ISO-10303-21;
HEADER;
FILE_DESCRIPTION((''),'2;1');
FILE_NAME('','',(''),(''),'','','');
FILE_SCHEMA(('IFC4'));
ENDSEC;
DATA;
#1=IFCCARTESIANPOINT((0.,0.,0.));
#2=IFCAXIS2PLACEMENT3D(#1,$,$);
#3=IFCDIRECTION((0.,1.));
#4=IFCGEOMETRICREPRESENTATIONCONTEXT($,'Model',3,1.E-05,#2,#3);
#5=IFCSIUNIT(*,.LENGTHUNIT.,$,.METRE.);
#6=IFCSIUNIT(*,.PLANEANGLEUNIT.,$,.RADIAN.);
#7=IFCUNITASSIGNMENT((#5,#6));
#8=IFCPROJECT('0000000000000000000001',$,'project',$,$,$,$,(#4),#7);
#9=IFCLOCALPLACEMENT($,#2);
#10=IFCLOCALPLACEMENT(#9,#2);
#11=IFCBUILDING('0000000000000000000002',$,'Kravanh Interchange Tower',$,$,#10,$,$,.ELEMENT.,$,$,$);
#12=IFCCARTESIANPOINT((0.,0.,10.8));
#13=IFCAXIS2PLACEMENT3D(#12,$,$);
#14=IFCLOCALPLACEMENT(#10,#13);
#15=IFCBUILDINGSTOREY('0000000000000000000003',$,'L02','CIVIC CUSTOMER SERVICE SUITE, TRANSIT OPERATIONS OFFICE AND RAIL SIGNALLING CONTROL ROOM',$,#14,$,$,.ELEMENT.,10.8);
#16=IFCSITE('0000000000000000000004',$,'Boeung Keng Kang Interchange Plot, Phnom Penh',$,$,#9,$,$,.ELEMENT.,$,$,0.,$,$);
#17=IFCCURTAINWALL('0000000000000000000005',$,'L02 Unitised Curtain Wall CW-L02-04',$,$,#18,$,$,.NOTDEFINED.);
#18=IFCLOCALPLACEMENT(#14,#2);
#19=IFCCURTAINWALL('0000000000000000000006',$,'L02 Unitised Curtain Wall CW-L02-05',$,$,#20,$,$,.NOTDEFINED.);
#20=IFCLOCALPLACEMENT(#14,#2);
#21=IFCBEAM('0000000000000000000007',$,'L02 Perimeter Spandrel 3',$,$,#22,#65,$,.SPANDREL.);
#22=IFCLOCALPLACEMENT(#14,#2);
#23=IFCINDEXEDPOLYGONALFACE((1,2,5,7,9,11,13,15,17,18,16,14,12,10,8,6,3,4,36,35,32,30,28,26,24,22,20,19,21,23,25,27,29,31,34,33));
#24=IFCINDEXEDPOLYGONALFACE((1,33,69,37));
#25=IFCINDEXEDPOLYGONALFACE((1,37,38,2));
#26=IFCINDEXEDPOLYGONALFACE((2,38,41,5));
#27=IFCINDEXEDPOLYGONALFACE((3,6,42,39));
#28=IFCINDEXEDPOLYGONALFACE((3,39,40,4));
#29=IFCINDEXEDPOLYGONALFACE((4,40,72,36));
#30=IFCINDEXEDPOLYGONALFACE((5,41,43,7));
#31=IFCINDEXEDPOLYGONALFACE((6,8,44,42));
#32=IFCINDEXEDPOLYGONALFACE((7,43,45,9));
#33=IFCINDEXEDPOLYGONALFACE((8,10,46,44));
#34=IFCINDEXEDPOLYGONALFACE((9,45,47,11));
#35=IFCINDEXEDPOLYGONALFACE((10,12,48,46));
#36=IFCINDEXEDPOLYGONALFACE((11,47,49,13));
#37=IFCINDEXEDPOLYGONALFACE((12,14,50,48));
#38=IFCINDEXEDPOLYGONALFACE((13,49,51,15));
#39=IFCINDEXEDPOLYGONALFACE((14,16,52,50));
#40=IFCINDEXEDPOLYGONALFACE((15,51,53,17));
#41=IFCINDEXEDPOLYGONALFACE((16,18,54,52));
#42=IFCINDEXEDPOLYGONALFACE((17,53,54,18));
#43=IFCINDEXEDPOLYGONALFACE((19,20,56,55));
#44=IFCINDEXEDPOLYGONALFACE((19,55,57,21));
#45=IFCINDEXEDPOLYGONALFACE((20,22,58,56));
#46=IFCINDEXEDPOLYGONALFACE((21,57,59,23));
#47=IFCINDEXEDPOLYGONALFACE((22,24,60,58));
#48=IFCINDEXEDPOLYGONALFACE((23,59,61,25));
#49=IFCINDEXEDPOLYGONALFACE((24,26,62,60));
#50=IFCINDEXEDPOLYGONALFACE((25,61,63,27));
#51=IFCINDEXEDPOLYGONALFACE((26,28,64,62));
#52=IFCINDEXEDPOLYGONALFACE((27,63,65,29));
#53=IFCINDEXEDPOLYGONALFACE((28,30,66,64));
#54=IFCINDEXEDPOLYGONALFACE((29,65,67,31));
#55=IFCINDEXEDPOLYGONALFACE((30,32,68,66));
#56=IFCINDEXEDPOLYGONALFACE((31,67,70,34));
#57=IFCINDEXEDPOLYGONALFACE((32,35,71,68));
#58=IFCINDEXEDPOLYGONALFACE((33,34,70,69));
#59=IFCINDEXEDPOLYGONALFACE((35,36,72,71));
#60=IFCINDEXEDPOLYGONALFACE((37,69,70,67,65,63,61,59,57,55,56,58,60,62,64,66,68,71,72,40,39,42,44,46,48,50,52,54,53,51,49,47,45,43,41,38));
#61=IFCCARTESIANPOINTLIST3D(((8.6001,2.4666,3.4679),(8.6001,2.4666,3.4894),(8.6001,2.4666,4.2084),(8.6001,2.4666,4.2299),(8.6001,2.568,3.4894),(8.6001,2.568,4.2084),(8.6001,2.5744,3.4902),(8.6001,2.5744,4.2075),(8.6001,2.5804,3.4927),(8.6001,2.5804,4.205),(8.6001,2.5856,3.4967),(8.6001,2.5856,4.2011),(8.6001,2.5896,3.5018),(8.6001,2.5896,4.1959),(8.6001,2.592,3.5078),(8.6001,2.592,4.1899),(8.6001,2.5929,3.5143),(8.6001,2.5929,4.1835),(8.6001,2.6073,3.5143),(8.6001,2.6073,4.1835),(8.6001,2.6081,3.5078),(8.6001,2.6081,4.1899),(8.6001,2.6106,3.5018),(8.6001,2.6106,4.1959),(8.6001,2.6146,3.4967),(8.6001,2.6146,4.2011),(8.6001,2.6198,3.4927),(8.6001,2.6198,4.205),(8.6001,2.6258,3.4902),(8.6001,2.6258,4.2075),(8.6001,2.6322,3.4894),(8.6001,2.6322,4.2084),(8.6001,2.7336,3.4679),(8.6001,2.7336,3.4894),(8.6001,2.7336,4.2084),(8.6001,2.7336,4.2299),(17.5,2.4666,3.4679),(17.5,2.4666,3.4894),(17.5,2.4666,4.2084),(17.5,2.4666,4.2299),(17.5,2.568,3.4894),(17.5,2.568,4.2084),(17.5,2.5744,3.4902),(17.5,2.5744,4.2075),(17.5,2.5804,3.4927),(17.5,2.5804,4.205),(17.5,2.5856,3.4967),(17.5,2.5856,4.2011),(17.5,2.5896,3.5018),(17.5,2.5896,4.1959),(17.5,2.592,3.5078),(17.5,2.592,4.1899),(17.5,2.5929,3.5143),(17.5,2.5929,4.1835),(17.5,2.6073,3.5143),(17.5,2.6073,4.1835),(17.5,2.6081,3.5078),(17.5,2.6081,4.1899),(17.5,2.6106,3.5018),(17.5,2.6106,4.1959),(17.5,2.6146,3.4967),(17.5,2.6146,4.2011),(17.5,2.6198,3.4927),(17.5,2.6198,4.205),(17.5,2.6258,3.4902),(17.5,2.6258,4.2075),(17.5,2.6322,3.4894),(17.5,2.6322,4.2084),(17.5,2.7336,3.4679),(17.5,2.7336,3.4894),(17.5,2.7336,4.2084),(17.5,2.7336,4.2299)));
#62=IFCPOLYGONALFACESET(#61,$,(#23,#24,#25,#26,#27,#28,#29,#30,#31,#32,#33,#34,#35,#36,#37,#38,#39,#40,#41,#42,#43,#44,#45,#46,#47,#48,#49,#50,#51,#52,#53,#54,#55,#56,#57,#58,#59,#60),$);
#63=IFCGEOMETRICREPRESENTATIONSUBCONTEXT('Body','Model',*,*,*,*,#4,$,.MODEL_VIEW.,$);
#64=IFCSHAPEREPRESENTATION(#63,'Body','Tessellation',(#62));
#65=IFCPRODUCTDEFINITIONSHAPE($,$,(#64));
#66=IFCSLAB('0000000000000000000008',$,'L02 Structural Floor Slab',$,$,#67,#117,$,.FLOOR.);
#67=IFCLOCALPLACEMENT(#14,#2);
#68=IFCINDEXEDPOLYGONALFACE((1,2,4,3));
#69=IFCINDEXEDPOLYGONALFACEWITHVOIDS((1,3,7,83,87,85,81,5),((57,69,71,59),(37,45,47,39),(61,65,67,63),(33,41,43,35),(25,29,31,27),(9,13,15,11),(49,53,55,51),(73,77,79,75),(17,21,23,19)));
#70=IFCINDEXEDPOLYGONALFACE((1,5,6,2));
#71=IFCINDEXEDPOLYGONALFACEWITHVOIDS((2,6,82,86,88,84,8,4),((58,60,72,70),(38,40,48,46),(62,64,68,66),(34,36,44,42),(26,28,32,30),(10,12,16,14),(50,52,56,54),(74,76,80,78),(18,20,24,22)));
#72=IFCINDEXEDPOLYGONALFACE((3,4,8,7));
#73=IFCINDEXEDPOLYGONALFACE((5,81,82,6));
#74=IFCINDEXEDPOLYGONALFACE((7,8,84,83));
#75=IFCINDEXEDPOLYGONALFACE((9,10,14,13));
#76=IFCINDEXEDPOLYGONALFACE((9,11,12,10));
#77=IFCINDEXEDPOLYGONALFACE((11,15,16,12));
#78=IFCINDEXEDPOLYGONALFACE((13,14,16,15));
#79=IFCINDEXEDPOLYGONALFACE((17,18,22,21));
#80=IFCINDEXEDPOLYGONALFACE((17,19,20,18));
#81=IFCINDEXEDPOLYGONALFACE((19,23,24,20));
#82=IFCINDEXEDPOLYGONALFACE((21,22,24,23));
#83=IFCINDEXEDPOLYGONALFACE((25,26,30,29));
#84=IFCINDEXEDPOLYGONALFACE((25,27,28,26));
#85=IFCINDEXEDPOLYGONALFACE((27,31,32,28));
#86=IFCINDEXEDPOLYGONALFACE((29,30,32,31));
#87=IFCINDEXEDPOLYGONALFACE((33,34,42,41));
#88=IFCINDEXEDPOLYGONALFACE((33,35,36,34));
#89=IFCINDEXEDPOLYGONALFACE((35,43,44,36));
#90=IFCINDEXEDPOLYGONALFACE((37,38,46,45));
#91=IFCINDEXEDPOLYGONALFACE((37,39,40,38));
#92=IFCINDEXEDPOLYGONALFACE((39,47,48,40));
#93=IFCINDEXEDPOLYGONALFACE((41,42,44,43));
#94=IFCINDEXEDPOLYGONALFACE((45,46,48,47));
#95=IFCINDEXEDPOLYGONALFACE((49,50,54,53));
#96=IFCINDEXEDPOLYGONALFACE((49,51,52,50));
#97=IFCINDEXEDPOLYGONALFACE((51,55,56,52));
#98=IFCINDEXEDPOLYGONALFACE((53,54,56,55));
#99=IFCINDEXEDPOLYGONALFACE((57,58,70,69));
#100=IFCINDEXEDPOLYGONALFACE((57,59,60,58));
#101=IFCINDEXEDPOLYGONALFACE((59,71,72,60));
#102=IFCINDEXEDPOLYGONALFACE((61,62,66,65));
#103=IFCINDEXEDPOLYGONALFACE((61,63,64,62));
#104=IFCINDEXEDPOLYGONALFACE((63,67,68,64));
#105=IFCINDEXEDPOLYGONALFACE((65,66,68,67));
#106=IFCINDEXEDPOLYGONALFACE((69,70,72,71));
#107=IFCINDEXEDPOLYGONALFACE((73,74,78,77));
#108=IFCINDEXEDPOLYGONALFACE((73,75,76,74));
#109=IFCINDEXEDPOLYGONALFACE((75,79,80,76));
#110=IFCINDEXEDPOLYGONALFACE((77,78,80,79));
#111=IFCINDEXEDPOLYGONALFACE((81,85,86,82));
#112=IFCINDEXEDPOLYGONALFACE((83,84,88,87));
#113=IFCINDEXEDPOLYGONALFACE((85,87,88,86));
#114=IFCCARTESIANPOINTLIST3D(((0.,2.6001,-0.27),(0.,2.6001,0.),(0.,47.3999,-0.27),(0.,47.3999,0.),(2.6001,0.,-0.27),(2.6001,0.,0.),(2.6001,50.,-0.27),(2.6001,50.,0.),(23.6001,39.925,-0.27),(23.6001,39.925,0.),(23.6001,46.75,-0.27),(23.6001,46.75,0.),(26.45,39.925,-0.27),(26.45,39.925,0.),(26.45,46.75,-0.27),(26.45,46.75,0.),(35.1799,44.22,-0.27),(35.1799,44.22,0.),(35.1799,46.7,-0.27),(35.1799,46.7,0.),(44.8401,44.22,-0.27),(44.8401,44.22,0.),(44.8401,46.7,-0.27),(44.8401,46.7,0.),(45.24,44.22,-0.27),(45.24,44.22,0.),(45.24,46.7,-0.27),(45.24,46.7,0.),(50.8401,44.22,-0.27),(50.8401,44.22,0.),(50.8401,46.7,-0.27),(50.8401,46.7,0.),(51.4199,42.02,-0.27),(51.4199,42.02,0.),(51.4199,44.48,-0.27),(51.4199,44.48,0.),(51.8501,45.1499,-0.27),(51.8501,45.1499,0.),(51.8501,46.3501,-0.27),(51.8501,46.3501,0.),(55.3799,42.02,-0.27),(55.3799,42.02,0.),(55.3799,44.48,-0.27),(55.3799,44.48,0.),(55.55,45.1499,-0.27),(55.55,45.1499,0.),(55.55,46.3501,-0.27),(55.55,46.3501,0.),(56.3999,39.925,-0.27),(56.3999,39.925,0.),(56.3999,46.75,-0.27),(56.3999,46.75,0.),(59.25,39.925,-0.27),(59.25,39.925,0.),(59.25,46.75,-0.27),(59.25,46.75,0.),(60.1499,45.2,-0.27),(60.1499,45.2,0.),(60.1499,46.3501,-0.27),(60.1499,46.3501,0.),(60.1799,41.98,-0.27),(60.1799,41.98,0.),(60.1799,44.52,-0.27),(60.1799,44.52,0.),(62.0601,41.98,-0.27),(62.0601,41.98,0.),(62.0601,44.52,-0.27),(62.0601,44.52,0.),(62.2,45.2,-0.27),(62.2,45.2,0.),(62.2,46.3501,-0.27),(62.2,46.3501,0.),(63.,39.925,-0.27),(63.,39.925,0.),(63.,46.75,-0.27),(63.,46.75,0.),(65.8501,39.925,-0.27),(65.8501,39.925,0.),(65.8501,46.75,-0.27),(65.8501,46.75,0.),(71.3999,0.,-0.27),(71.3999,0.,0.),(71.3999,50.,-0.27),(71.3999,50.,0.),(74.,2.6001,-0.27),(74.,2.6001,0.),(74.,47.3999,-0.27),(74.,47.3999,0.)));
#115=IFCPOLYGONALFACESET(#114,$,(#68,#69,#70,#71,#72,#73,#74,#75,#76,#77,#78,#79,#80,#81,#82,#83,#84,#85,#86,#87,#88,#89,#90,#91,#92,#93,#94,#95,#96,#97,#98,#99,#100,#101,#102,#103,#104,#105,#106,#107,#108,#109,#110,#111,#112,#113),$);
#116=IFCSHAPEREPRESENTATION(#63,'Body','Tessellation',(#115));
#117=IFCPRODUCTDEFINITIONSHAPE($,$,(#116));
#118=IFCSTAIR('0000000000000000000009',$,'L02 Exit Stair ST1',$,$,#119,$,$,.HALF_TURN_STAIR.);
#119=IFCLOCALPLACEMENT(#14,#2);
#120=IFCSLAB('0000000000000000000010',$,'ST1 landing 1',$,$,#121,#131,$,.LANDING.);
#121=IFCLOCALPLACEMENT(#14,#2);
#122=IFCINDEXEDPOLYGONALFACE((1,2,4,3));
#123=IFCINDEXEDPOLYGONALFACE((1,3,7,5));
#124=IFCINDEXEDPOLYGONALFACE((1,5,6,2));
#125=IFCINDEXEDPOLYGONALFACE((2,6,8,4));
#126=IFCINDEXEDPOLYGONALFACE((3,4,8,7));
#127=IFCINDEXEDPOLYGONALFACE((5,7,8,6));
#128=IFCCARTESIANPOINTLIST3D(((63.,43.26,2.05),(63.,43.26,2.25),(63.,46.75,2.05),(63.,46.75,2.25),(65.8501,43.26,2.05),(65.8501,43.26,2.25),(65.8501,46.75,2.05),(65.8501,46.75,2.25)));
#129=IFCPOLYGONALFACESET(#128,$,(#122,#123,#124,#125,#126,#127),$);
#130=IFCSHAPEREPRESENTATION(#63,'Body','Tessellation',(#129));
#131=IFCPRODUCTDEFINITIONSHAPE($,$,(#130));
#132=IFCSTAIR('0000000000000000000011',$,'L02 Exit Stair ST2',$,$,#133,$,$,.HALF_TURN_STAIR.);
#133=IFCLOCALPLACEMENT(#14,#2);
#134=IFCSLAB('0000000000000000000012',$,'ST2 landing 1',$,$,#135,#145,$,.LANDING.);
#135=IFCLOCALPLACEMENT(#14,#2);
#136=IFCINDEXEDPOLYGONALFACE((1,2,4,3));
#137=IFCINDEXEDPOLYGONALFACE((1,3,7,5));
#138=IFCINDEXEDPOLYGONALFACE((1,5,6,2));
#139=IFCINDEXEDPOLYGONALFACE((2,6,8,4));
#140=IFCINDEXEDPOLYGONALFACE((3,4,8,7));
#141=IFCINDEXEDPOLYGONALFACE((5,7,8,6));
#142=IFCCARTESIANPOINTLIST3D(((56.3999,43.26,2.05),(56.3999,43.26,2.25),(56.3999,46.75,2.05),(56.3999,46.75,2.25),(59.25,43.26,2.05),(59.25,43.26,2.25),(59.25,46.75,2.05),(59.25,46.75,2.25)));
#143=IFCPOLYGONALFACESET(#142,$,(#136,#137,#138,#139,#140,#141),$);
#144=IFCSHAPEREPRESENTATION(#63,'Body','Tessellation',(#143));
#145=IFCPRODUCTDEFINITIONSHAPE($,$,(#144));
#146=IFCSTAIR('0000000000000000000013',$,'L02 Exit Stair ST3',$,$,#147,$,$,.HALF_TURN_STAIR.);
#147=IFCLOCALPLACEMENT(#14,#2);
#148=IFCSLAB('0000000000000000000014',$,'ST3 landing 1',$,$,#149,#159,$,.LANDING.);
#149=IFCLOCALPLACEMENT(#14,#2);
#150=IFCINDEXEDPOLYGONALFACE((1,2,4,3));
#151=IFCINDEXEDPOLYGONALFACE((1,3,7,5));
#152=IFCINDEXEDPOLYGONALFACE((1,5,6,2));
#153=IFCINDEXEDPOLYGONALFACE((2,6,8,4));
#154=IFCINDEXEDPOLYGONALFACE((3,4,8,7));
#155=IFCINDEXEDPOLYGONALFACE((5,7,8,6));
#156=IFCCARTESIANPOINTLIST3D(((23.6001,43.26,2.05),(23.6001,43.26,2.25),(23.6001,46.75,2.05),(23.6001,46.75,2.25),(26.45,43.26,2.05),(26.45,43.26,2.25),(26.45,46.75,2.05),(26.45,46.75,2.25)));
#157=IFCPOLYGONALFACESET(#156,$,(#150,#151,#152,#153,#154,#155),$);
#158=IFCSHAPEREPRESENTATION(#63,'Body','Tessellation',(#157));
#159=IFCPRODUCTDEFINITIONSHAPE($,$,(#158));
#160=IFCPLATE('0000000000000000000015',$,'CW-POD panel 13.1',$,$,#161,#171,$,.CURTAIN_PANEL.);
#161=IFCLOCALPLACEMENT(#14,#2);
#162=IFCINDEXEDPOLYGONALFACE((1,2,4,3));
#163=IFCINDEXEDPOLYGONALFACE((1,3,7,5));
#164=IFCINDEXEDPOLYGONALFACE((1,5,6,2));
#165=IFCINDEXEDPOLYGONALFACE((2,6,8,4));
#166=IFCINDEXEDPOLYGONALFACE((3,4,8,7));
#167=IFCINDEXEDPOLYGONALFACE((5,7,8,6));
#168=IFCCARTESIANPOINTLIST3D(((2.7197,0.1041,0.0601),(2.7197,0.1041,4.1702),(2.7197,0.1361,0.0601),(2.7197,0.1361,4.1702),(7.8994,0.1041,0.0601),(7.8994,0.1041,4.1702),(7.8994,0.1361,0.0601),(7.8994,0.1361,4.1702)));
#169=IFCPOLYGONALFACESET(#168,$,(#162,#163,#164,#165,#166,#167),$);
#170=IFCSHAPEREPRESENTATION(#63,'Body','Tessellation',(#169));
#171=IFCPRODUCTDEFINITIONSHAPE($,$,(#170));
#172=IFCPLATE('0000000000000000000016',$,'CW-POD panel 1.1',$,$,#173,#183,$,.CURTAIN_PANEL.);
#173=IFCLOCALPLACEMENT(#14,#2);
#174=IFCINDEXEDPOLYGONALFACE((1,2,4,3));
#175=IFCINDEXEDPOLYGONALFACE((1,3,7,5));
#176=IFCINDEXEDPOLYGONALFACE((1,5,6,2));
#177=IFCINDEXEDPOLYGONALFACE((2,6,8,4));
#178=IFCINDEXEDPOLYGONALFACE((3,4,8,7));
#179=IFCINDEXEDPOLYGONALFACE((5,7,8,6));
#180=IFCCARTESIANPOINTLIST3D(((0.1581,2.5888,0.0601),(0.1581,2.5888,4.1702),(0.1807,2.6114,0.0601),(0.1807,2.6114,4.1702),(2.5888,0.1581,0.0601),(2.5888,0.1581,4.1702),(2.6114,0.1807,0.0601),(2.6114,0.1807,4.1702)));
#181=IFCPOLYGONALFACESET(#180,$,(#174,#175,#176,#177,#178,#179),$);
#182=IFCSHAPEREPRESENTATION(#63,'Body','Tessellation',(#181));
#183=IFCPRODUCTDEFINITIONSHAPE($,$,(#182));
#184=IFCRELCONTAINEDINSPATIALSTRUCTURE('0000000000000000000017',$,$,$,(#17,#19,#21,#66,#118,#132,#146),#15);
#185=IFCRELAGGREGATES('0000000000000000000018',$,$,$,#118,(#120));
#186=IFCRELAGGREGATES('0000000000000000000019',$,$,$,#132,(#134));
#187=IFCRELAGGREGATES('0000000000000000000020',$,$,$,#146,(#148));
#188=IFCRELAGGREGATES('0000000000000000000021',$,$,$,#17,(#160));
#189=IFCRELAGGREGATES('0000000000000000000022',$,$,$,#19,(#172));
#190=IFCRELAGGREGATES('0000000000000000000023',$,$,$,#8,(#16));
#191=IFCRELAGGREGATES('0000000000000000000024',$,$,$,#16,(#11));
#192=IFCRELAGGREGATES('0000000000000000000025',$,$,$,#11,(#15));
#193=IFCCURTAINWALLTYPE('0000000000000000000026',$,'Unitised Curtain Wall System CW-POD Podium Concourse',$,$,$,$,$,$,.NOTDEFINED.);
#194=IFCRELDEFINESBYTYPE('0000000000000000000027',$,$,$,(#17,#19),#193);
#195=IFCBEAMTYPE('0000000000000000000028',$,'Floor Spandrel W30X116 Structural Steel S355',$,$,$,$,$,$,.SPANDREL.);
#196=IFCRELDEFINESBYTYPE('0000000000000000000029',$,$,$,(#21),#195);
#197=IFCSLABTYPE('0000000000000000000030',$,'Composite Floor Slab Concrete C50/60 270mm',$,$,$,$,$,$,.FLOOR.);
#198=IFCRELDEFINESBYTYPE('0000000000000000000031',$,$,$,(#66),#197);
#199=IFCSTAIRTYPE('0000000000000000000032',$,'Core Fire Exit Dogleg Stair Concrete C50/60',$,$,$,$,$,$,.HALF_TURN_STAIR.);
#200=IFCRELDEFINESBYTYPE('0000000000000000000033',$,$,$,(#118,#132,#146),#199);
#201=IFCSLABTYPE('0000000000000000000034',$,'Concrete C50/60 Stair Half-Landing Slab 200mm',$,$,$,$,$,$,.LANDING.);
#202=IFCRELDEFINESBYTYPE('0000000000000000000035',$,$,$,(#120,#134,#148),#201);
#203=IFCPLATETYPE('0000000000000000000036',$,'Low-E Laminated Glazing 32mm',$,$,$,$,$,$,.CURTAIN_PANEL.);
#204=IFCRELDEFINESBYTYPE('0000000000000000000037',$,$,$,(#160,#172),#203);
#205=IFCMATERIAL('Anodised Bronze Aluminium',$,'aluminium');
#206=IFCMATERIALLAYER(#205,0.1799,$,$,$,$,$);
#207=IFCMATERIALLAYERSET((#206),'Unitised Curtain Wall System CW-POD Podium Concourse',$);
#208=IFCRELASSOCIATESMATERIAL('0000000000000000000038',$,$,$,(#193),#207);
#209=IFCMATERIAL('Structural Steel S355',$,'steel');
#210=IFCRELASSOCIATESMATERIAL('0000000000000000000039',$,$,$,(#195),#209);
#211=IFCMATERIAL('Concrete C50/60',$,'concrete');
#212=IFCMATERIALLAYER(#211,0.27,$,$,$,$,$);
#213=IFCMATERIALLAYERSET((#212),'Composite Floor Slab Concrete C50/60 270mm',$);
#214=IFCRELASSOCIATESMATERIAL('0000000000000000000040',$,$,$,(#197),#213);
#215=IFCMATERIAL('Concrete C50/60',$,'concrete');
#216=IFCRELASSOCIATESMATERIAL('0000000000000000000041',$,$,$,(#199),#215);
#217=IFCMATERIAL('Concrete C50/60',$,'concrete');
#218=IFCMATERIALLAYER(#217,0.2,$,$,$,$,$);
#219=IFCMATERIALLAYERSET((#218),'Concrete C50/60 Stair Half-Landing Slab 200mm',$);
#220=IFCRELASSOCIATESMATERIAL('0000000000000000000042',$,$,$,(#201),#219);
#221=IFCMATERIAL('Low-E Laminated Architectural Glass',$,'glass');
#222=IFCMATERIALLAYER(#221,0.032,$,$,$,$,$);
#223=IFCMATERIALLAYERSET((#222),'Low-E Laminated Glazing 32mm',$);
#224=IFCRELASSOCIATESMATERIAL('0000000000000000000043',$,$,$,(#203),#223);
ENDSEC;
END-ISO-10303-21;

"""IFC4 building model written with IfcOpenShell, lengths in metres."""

from ifc_helpers import new_model, si_unit, direction, frame, origin, origin_2d, place, context, subcontext, project, spatial, polyline, rectangle, i_section, outline, extrude, material, layer, layer_set, material_profile, profile_set, type_object, element, aggregate, save


model = new_model("IFC4")

# Units and contexts
model_context = context("Model", 3, precision=1e-05, world=origin(), true_north=direction((0.0, 1.0)))
body_context = subcontext(model_context, "Body", "Model", "MODEL_VIEW")
ifc_project = project(units=[si_unit("LENGTHUNIT", "METRE"), si_unit("PLANEANGLEUNIT", "RADIAN")], contexts=[model_context])

# Site, building, storey
site_placement = place(None, origin())
site = spatial("IfcSite", under=ifc_project, at=site_placement, Name="Boeung Keng Kang Interchange Plot, Phnom Penh", CompositionType="ELEMENT", RefElevation=0.0)
building_placement = place(site_placement, origin())
building = spatial("IfcBuilding", under=site, at=building_placement, Name="Kravanh Interchange Tower", CompositionType="ELEMENT")
storey_placement = place(building_placement, frame((0.0, 0.0, 10.8)))
storey = spatial("IfcBuildingStorey", under=building, at=storey_placement, Name="L02", Description="CIVIC CUSTOMER SERVICE SUITE, TRANSIT OPERATIONS OFFICE AND RAIL SIGNALLING CONTROL ROOM", CompositionType="ELEMENT", Elevation=10.8)

# Shared definitions
ifc_material_1 = material(Name="Anodised Bronze Aluminium", Category="aluminium")
ifc_layer_1 = layer(ifc_material_1, 0.1799)
ifc_layer_set_1 = layer_set([ifc_layer_1], Name="Unitised Curtain Wall System CW-POD Podium Concourse")
curtain_wall_type = type_object("IfcCurtainWallType", Name="Unitised Curtain Wall System CW-POD Podium Concourse", PredefinedType="NOTDEFINED", material=ifc_layer_set_1)

# Curtain walls
curtain_wall_1_placement = place(storey_placement, origin())
curtain_wall_1 = element("IfcCurtainWall", 1, at=curtain_wall_1_placement, inside=storey, type_object=curtain_wall_type, Name="L02 Unitised Curtain Wall CW-L02-04", PredefinedType="NOTDEFINED")
curtain_wall_2_placement = place(storey_placement, origin())
curtain_wall_2 = element("IfcCurtainWall", 2, at=curtain_wall_2_placement, inside=storey, type_object=curtain_wall_type, Name="L02 Unitised Curtain Wall CW-L02-05", PredefinedType="NOTDEFINED")

# Beam
ifc_material_2 = material(Name="Structural Steel S355", Category="steel")
ifc_material_profile_1 = material_profile(ifc_material_2, i_section(OverallWidth=0.2671, OverallDepth=0.762, WebThickness=0.0144, FlangeThickness=0.0215, FilletRadius=0.0249, at=origin_2d()), Name="W30X116")
ifc_profile_set_1 = profile_set([ifc_material_profile_1], Name="Structural Steel S355")
beam_type_1 = type_object("IfcBeamType", Name="Floor Spandrel W30X116 Structural Steel S355", PredefinedType="SPANDREL", material=ifc_profile_set_1)
beam_1_placement = place(storey_placement, frame((8.6001, 2.6001, 3.8489), z_axis=(1.0, 0.0, 0.0), x_axis=(0.0, 1.0, 0.0)))
element("IfcBeam", 3, at=beam_1_placement, inside=storey, type_object=beam_type_1, Name="L02 Perimeter Spandrel 3", PredefinedType="SPANDREL", context=body_context, shape_type="SweptSolid", body=[
    extrude(i_section(OverallWidth=0.2671, OverallDepth=0.762, WebThickness=0.0144, FlangeThickness=0.0215, FilletRadius=0.0249, at=origin_2d()), origin(), (0.0, 0.0, 1.0), 8.8999),
])

# Slab
ifc_material_3 = material(Name="Concrete C50/60", Category="concrete")
ifc_layer_2 = layer(ifc_material_3, 0.27)
ifc_layer_set_2 = layer_set([ifc_layer_2], Name="Composite Floor Slab Concrete C50/60 270mm")
slab_type_1 = type_object("IfcSlabType", Name="Composite Floor Slab Concrete C50/60 270mm", PredefinedType="FLOOR", material=ifc_layer_set_2)
slab_1_placement = place(storey_placement, frame((0.0, 0.0, -0.27)))
element("IfcSlab", 4, at=slab_1_placement, inside=storey, type_object=slab_type_1, Name="L02 Structural Floor Slab", PredefinedType="FLOOR", context=body_context, shape_type="SweptSolid", body=[
    extrude(outline(polyline([(0.0, 2.6001), (2.6001, 0.0), (71.3999, 0.0), (74.0, 2.6001), (74.0, 47.3999), (71.3999, 50.0), (2.6001, 50.0), (0.0, 47.3999), (0.0, 2.6001)]), holes=[polyline([(65.8501, 39.925), (65.8501, 46.75), (63.0, 46.75), (63.0, 39.925), (65.8501, 39.925)]), polyline([(59.25, 39.925), (59.25, 46.75), (56.3999, 46.75), (56.3999, 39.925), (59.25, 39.925)]), polyline([(26.45, 39.925), (26.45, 46.75), (23.6001, 46.75), (23.6001, 39.925), (26.45, 39.925)]), polyline([(35.1799, 44.22), (44.8401, 44.22), (44.8401, 46.7), (35.1799, 46.7), (35.1799, 44.22)]), polyline([(45.24, 44.22), (50.8401, 44.22), (50.8401, 46.7), (45.24, 46.7), (45.24, 44.22)]), polyline([(51.4199, 42.02), (55.3799, 42.02), (55.3799, 44.48), (51.4199, 44.48), (51.4199, 42.02)]), polyline([(60.1799, 41.98), (62.0601, 41.98), (62.0601, 44.52), (60.1799, 44.52), (60.1799, 41.98)]), polyline([(60.1499, 45.2), (62.2, 45.2), (62.2, 46.3501), (60.1499, 46.3501), (60.1499, 45.2)]), polyline([(51.8501, 45.1499), (55.55, 45.1499), (55.55, 46.3501), (51.8501, 46.3501), (51.8501, 45.1499)])]), origin(), (0.0, 0.0, 1.0), 0.27),
])

# Stairs, slabs
ifc_material_4 = material(Name="Concrete C50/60", Category="concrete")
stair_type = type_object("IfcStairType", Name="Core Fire Exit Dogleg Stair Concrete C50/60", PredefinedType="HALF_TURN_STAIR", material=ifc_material_4)
stair_1_placement = place(storey_placement, origin())
stair_1 = element("IfcStair", 5, at=stair_1_placement, inside=storey, type_object=stair_type, Name="L02 Exit Stair ST1", PredefinedType="HALF_TURN_STAIR")
ifc_material_5 = material(Name="Concrete C50/60", Category="concrete")
ifc_layer_3 = layer(ifc_material_5, 0.2)
ifc_layer_set_3 = layer_set([ifc_layer_3], Name="Concrete C50/60 Stair Half-Landing Slab 200mm")
slab_type_2 = type_object("IfcSlabType", Name="Concrete C50/60 Stair Half-Landing Slab 200mm", PredefinedType="LANDING", material=ifc_layer_set_3)
slab_2_placement = place(storey_placement, frame((0.0, 0.0, 2.05)))
slab_2 = element("IfcSlab", 6, at=slab_2_placement, type_object=slab_type_2, Name="ST1 landing 1", PredefinedType="LANDING", context=body_context, shape_type="SweptSolid", body=[
    extrude(outline(polyline([(65.8501, 43.26), (65.8501, 46.75), (63.0, 46.75), (63.0, 43.26), (65.8501, 43.26)])), origin(), (0.0, 0.0, 1.0), 0.2),
])
aggregate(stair_1, [slab_2])
stair_2_placement = place(storey_placement, origin())
stair_2 = element("IfcStair", 7, at=stair_2_placement, inside=storey, type_object=stair_type, Name="L02 Exit Stair ST2", PredefinedType="HALF_TURN_STAIR")
slab_3_placement = place(storey_placement, frame((0.0, 0.0, 2.05)))
slab_3 = element("IfcSlab", 8, at=slab_3_placement, type_object=slab_type_2, Name="ST2 landing 1", PredefinedType="LANDING", context=body_context, shape_type="SweptSolid", body=[
    extrude(outline(polyline([(59.25, 43.26), (59.25, 46.75), (56.3999, 46.75), (56.3999, 43.26), (59.25, 43.26)])), origin(), (0.0, 0.0, 1.0), 0.2),
])
aggregate(stair_2, [slab_3])
stair_3_placement = place(storey_placement, origin())
stair_3 = element("IfcStair", 9, at=stair_3_placement, inside=storey, type_object=stair_type, Name="L02 Exit Stair ST3", PredefinedType="HALF_TURN_STAIR")
slab_4_placement = place(storey_placement, frame((0.0, 0.0, 2.05)))
slab_4 = element("IfcSlab", 10, at=slab_4_placement, type_object=slab_type_2, Name="ST3 landing 1", PredefinedType="LANDING", context=body_context, shape_type="SweptSolid", body=[
    extrude(outline(polyline([(26.45, 43.26), (26.45, 46.75), (23.6001, 46.75), (23.6001, 43.26), (26.45, 43.26)])), origin(), (0.0, 0.0, 1.0), 0.2),
])
aggregate(stair_3, [slab_4])

# Plates
ifc_material_6 = material(Name="Low-E Laminated Architectural Glass", Category="glass")
ifc_layer_4 = layer(ifc_material_6, 0.032)
ifc_layer_set_4 = layer_set([ifc_layer_4], Name="Low-E Laminated Glazing 32mm")
plate_type = type_object("IfcPlateType", Name="Low-E Laminated Glazing 32mm", PredefinedType="CURTAIN_PANEL", material=ifc_layer_set_4)
plate_1_placement = place(storey_placement, frame((5.3096, 0.1201, 0.0601), z_axis=(0.0, 0.0, 1.0), x_axis=(-1.0, 0.0, 0.0)))
plate_1 = element("IfcPlate", 11, at=plate_1_placement, type_object=plate_type, Name="CW-POD panel 13.1", PredefinedType="CURTAIN_PANEL", context=body_context, shape_type="SweptSolid", body=[
    extrude(rectangle(XDim=5.1797, YDim=0.032, at=origin_2d()), origin(), (0.0, 0.0, 1.0), 4.1101),
])
aggregate(curtain_wall_1, [plate_1])
plate_2_placement = place(storey_placement, frame((1.3848, 1.3848, 0.0601), z_axis=(0.0, 0.0, 1.0), x_axis=(-0.707107, 0.707107, 0.0)))
plate_2 = element("IfcPlate", 12, at=plate_2_placement, type_object=plate_type, Name="CW-POD panel 1.1", PredefinedType="CURTAIN_PANEL", context=body_context, shape_type="SweptSolid", body=[
    extrude(rectangle(XDim=3.4375, YDim=0.032, at=origin_2d()), origin(), (0.0, 0.0, 1.0), 4.1101),
])
aggregate(curtain_wall_2, [plate_2])

save(model, "model.ifc")
